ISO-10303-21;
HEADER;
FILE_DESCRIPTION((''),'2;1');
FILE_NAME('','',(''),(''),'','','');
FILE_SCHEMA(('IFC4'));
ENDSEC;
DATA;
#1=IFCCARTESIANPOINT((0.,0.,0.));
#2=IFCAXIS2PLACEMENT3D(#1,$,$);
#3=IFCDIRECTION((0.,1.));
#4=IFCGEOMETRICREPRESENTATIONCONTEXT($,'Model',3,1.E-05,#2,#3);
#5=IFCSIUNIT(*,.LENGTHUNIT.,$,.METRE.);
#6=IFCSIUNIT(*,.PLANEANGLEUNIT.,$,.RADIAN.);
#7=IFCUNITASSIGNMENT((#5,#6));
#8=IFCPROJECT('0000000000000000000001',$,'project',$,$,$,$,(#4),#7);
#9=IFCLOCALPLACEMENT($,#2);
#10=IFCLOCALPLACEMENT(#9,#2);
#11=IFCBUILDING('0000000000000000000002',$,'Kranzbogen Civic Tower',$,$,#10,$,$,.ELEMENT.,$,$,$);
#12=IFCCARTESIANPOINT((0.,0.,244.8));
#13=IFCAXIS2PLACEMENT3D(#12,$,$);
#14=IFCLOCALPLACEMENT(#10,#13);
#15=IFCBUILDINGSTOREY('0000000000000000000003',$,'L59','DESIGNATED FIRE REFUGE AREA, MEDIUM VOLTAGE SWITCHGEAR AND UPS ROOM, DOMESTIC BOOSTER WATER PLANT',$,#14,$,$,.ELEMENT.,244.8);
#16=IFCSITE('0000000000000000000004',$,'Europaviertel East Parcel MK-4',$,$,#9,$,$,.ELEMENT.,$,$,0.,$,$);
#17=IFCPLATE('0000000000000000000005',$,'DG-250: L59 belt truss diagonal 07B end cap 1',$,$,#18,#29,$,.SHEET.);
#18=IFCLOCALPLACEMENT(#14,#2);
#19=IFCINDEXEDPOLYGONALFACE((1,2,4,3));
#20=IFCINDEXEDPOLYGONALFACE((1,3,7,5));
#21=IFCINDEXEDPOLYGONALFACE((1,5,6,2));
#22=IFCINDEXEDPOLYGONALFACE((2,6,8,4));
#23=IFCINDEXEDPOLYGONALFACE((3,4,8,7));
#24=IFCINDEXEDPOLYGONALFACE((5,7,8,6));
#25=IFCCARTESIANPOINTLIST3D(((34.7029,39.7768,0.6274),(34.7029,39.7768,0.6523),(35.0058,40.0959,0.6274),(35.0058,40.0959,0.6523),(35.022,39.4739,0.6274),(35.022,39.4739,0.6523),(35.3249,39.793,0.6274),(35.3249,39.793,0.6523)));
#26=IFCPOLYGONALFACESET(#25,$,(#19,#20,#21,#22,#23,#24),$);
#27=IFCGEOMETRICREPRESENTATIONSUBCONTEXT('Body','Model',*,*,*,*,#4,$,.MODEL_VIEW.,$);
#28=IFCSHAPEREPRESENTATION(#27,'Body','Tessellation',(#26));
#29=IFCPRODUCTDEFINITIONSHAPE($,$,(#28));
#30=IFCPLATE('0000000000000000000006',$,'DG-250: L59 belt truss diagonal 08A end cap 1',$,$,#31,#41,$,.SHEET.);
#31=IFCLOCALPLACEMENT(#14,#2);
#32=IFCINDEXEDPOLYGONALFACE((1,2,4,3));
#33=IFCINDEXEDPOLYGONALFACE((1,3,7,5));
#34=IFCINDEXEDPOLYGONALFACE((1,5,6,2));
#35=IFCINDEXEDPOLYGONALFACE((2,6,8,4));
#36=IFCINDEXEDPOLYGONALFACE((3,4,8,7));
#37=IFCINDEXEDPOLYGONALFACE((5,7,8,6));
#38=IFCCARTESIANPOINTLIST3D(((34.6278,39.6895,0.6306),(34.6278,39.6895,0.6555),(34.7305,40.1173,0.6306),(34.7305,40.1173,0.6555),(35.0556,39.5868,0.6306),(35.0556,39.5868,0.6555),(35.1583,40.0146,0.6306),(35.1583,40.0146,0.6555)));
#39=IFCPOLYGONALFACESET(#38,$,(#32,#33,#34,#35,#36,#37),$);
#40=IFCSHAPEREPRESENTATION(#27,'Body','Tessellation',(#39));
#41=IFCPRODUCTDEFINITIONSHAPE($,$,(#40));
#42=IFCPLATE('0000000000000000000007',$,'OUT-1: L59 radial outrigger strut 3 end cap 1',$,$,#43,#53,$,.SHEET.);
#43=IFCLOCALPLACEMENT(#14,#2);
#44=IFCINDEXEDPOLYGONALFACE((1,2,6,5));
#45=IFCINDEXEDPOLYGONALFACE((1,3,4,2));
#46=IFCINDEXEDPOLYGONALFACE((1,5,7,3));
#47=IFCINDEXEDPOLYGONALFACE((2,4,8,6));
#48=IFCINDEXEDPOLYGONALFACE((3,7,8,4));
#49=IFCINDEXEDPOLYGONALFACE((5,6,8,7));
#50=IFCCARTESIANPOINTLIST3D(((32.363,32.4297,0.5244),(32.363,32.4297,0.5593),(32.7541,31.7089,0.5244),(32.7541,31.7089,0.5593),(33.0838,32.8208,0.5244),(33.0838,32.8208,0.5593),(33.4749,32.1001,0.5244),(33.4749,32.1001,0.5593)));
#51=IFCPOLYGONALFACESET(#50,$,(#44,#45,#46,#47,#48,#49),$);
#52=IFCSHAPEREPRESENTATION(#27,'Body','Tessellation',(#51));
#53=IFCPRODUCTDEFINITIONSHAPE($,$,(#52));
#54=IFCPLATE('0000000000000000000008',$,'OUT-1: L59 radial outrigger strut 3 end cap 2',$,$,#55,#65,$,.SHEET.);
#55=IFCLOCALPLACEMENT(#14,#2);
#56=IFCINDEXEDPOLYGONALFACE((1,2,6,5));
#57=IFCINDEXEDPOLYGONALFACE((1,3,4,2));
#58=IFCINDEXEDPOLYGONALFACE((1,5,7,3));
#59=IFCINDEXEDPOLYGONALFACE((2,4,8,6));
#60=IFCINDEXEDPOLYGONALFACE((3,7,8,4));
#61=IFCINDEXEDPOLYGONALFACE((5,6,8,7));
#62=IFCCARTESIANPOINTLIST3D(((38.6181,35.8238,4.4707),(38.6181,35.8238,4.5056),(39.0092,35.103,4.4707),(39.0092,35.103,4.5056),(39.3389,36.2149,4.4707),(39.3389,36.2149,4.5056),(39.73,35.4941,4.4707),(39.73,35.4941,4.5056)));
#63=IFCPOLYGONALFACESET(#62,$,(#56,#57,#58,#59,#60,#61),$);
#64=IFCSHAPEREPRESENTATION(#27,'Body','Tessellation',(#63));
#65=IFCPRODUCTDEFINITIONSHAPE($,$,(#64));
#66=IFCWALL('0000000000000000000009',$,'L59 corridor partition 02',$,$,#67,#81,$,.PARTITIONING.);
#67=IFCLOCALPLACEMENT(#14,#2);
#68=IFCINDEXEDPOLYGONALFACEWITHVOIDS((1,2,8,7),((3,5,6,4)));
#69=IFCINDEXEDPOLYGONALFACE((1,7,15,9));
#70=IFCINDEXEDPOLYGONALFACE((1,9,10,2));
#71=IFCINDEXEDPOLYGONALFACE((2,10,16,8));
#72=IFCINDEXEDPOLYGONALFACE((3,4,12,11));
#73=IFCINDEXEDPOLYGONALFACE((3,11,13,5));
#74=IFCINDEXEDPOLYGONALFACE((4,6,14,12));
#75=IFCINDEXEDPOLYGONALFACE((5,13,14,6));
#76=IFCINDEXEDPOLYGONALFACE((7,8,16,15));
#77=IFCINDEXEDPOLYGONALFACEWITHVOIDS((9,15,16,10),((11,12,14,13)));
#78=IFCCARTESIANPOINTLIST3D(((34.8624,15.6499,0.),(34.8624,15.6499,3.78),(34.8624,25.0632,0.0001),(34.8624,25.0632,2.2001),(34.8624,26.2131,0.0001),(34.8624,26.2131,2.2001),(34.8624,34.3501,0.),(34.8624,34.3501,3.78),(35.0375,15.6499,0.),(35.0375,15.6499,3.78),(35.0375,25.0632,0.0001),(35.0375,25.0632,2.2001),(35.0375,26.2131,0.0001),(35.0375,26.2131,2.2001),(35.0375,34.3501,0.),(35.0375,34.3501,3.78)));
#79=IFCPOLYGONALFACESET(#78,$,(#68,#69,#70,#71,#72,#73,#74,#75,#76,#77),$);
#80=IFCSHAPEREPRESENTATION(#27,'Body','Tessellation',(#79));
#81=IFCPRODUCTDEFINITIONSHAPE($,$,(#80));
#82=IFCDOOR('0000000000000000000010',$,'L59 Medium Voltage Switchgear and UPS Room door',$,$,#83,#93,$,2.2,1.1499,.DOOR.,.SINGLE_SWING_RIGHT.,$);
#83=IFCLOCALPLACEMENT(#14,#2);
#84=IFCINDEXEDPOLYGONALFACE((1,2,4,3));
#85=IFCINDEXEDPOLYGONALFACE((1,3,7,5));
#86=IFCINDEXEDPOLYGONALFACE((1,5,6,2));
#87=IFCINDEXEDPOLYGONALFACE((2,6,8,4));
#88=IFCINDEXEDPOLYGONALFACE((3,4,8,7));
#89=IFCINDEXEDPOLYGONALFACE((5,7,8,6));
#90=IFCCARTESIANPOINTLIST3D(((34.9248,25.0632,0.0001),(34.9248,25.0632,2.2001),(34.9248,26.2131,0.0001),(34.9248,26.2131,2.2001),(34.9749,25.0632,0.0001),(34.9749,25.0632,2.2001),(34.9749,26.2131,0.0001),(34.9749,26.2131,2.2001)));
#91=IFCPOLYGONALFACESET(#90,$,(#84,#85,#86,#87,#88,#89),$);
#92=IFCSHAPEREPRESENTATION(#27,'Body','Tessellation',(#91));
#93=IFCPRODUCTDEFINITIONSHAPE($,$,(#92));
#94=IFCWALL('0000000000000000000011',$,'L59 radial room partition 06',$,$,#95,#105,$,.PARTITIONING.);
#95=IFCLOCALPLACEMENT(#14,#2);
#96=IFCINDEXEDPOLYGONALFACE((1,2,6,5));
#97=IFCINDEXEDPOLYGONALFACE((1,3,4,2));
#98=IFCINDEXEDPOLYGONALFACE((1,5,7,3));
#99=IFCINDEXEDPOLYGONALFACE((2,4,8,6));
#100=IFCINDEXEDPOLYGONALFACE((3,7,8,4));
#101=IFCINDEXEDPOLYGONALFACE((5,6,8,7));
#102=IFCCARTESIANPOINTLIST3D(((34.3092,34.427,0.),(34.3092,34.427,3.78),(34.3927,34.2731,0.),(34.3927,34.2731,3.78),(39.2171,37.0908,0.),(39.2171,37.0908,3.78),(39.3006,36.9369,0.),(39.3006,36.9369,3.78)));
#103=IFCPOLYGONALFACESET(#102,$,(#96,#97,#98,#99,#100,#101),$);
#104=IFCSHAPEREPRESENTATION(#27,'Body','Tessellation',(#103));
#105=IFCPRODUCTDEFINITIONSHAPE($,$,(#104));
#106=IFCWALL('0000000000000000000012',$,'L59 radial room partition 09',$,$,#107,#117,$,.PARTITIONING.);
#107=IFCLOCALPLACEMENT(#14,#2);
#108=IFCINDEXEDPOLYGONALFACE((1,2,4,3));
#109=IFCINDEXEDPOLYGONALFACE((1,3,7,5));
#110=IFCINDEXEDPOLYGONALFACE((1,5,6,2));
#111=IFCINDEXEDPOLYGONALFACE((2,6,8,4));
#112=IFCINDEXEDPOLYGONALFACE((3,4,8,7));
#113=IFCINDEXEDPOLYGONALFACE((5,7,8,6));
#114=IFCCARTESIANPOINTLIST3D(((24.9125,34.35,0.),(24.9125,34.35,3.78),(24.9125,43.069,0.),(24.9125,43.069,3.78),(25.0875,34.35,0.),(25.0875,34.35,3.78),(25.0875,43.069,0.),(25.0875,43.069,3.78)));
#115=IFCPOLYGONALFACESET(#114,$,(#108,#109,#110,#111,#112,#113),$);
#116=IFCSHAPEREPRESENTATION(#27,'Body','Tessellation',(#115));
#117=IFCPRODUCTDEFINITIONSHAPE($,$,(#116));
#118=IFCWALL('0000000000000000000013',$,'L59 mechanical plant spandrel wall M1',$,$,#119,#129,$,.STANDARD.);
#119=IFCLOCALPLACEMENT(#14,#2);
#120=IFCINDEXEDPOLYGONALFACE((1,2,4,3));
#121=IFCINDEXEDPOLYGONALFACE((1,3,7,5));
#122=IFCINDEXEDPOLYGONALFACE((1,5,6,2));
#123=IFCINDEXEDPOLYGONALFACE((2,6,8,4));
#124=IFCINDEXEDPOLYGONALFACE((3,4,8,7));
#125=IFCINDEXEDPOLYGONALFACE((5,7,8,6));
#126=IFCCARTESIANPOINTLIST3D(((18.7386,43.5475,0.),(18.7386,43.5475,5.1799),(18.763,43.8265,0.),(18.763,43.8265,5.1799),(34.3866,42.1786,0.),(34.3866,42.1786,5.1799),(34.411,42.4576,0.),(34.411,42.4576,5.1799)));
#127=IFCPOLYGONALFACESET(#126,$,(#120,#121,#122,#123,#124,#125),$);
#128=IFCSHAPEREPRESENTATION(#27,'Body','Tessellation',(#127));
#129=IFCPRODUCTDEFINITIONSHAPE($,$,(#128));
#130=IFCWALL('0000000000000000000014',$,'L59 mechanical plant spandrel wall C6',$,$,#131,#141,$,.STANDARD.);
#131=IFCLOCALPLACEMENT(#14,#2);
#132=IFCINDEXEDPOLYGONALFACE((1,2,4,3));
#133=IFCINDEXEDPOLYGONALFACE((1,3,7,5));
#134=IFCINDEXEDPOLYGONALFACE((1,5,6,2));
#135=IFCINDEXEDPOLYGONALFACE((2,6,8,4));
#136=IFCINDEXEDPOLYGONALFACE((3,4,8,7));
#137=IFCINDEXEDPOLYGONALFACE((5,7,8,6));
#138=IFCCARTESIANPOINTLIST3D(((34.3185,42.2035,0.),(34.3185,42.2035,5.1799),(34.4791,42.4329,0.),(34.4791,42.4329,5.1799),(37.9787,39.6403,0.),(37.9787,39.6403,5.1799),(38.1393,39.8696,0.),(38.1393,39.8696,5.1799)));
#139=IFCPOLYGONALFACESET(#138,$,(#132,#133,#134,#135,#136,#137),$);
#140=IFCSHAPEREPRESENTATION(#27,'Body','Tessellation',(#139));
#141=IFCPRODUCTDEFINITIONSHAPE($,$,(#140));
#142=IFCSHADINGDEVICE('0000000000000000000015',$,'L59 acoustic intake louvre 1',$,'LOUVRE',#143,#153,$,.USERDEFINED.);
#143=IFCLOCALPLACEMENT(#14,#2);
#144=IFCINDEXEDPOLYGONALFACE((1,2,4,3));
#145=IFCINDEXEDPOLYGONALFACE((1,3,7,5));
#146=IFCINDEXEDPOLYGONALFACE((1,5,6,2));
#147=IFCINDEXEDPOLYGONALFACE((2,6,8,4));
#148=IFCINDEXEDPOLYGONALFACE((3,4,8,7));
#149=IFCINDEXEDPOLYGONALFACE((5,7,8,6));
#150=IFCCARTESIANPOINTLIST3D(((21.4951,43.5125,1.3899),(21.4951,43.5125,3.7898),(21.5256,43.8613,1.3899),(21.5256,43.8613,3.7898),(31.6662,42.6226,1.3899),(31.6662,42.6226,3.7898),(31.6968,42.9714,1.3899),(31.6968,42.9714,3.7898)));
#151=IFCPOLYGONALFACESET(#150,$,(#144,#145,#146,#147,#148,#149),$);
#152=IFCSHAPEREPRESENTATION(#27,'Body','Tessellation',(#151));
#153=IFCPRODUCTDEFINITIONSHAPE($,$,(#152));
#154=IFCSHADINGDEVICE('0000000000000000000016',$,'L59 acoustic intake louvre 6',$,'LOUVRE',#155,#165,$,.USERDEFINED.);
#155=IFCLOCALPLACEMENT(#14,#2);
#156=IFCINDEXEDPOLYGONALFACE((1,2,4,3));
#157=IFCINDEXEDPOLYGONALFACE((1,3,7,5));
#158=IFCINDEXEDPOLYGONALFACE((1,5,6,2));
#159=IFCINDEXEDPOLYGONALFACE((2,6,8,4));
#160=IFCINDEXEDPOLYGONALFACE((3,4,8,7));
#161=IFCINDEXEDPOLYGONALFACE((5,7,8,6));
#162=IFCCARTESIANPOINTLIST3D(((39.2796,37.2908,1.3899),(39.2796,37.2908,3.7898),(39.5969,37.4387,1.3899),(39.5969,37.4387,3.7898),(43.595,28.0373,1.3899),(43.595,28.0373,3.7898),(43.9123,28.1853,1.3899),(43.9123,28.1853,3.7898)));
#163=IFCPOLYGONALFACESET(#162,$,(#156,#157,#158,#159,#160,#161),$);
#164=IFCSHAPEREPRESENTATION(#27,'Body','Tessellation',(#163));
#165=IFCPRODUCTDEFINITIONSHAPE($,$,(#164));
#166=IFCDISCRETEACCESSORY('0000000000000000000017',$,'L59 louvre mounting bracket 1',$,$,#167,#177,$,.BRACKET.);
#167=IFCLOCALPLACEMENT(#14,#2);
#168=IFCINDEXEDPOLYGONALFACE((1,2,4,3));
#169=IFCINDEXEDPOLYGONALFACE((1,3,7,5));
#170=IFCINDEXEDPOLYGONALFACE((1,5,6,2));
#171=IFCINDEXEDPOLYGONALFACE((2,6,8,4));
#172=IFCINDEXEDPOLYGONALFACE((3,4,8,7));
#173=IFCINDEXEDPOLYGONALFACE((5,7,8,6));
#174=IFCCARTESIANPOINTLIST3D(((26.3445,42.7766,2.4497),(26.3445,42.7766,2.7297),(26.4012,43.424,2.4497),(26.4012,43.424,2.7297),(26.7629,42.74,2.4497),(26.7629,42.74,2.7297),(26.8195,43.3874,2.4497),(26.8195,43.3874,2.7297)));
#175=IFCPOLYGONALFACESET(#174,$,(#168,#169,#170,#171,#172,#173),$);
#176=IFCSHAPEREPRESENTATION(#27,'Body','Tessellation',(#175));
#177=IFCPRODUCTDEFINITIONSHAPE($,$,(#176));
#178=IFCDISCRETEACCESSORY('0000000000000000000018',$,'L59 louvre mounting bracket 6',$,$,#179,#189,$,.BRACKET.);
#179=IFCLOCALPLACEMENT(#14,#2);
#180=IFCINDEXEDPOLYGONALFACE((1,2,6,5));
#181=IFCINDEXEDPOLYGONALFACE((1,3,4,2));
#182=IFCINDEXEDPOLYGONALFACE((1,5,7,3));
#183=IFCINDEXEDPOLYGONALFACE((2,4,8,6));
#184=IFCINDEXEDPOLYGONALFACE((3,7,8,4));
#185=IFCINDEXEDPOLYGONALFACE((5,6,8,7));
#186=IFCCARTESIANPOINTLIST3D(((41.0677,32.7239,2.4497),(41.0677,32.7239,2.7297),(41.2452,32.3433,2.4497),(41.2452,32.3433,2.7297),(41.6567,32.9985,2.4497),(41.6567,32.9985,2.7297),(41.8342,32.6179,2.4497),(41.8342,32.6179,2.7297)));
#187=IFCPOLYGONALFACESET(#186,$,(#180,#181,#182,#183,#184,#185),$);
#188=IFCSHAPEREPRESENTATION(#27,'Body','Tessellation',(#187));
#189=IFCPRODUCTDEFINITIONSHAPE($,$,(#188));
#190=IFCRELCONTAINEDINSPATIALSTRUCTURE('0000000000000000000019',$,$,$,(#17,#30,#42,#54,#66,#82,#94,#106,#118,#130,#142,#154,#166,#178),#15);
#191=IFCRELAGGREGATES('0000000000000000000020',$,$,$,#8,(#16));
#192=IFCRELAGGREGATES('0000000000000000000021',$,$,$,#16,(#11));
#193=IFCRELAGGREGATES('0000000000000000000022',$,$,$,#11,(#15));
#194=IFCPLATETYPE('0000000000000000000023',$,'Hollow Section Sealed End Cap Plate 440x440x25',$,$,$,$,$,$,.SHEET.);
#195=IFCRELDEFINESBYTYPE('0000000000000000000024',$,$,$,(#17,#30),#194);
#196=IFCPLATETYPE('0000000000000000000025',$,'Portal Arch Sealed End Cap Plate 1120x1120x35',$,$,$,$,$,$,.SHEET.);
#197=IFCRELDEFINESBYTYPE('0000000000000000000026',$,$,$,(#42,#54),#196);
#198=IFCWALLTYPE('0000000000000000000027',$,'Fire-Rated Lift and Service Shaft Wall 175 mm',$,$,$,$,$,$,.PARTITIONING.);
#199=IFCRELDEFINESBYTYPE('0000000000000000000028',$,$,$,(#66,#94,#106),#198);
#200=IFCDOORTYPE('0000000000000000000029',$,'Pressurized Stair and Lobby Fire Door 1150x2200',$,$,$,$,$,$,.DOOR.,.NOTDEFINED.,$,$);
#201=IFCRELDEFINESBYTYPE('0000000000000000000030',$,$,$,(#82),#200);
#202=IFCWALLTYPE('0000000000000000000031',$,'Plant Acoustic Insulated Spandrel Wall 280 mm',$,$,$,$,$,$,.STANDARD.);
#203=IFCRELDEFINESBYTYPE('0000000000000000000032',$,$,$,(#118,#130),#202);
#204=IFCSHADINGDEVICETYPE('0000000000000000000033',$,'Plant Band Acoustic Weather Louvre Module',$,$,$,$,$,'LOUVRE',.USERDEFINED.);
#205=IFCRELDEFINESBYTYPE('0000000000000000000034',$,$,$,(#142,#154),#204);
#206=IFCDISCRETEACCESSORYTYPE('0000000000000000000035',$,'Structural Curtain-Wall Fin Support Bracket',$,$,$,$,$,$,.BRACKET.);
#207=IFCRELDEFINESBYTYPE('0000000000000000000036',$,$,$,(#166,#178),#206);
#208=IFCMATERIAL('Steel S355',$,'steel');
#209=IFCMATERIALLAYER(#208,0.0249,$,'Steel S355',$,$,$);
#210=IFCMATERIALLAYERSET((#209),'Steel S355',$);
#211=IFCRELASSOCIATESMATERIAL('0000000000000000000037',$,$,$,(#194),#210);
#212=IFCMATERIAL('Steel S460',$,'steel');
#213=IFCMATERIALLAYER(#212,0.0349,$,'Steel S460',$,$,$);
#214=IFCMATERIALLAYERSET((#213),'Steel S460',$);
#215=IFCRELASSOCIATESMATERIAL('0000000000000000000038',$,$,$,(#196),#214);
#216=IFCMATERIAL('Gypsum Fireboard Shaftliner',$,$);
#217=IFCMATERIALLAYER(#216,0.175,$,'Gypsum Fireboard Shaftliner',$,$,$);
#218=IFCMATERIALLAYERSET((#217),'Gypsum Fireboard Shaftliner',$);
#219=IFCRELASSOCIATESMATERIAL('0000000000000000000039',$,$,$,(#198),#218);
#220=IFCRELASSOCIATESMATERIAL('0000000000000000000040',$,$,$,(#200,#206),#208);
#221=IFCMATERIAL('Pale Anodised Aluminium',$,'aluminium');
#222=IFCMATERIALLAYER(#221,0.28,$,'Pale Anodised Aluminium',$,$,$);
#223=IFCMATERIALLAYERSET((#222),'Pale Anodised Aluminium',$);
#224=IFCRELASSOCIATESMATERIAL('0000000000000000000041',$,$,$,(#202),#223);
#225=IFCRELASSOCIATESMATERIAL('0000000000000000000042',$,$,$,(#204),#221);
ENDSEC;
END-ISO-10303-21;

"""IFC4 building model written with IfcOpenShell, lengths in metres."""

from ifc_helpers import new_model, si_unit, direction, frame, frame_2d, origin, origin_2d, place, context, subcontext, project, spatial, rectangle, extrude, material, layer, layer_set, type_object, element, fill, save


model = new_model("IFC4")

# Units and contexts
model_context = context("Model", 3, precision=1e-05, world=origin(), true_north=direction((0.0, 1.0)))
body_context = subcontext(model_context, "Body", "Model", "MODEL_VIEW")
ifc_project = project(units=[si_unit("LENGTHUNIT", "METRE"), si_unit("PLANEANGLEUNIT", "RADIAN")], contexts=[model_context])

# Site, building, storey
site_placement = place(None, origin())
site = spatial("IfcSite", under=ifc_project, at=site_placement, Name="Europaviertel East Parcel MK-4", CompositionType="ELEMENT", RefElevation=0.0)
building_placement = place(site_placement, origin())
building = spatial("IfcBuilding", under=site, at=building_placement, Name="Kranzbogen Civic Tower", CompositionType="ELEMENT")
storey_placement = place(building_placement, frame((0.0, 0.0, 244.8)))
storey = spatial("IfcBuildingStorey", under=building, at=storey_placement, Name="L59", Description="DESIGNATED FIRE REFUGE AREA, MEDIUM VOLTAGE SWITCHGEAR AND UPS ROOM, DOMESTIC BOOSTER WATER PLANT", CompositionType="ELEMENT", Elevation=244.8)

# Shared definitions
ifc_material_1 = material(Name="Steel S355", Category="steel")

# Shared definitions
ifc_material_2 = material(Name="Steel S460", Category="steel")

# Plates
ifc_layer_1 = layer(ifc_material_1, 0.0249, Name="Steel S355")
ifc_layer_set_1 = layer_set([ifc_layer_1], Name="Steel S355")
plate_type_1 = type_object("IfcPlateType", Name="Hollow Section Sealed End Cap Plate 440x440x25", PredefinedType="SHEET", material=ifc_layer_set_1)
for number, where, z_axis, x_axis, name in (
    (1, (35.0139, 39.7849, 0.6274), (0.0, 0.0, 1.0), (0.725278, -0.688456, 0.0), "DG-250: L59 belt truss diagonal 07B end cap 1"),
    (2, (34.8931, 39.8521, 0.6306), (0.0, 0.0, 1.0), (-0.972407, 0.233293, 0.0), "DG-250: L59 belt truss diagonal 08A end cap 1"),
):
    element("IfcPlate", number, at=place(storey_placement, frame(where, z_axis=z_axis, x_axis=x_axis)), inside=storey, type_object=plate_type_1, Name=name, PredefinedType="SHEET", context=body_context, shape_type="SweptSolid", body=[
        extrude(rectangle(XDim=0.4399, YDim=0.4399, at=origin_2d()), origin(), (0.0, 0.0, 1.0), 0.0249),
    ])
ifc_layer_2 = layer(ifc_material_2, 0.0349, Name="Steel S460")
ifc_layer_set_2 = layer_set([ifc_layer_2], Name="Steel S460")
plate_type_2 = type_object("IfcPlateType", Name="Portal Arch Sealed End Cap Plate 1120x1120x35", PredefinedType="SHEET", material=ifc_layer_set_2)
for number, where, z_axis, x_axis, name in (
    (3, (32.9189, 32.2649, 0.5244), (0.0, 0.0, 1.0), (0.878942, 0.476929, 0.0), "OUT-1: L59 radial outrigger strut 3 end cap 1"),
    (4, (39.1741, 35.6589, 4.4707), (0.0, 0.0, 1.0), (0.878942, 0.476929, 0.0), "OUT-1: L59 radial outrigger strut 3 end cap 2"),
):
    element("IfcPlate", number, at=place(storey_placement, frame(where, z_axis=z_axis, x_axis=x_axis)), inside=storey, type_object=plate_type_2, Name=name, PredefinedType="SHEET", context=body_context, shape_type="SweptSolid", body=[
        extrude(rectangle(XDim=0.8201, YDim=0.8201, at=origin_2d()), origin(), (0.0, 0.0, 1.0), 0.0349),
    ])

# Wall, opening, door
ifc_material_3 = material(Name="Gypsum Fireboard Shaftliner")
ifc_layer_3 = layer(ifc_material_3, 0.175, Name="Gypsum Fireboard Shaftliner")
ifc_layer_set_3 = layer_set([ifc_layer_3], Name="Gypsum Fireboard Shaftliner")
wall_type_1 = type_object("IfcWallType", Name="Fire-Rated Lift and Service Shaft Wall 175 mm", PredefinedType="PARTITIONING", material=ifc_layer_set_3)
wall_1_placement = place(storey_placement, frame((34.95, 34.3501, 0.0), z_axis=(0.0, 0.0, 1.0), x_axis=(0.0, -1.0, 0.0)))
wall_1 = element("IfcWall", 5, at=wall_1_placement, inside=storey, type_object=wall_type_1, Name="L59 corridor partition 02", PredefinedType="PARTITIONING", context=body_context, shape_type="SweptSolid", body=[
    extrude(rectangle(XDim=18.7002, YDim=0.175, at=frame_2d((9.3501, 0.0))), origin(), (0.0, 0.0, 1.0), 3.78),
])
opening_placement = place(wall_1_placement, frame((8.137, 0.0, 0.0)))
opening = element("IfcOpeningElement", 6, at=opening_placement, cuts=wall_1, PredefinedType="OPENING", context=body_context, shape_type="SweptSolid", body=[
    extrude(rectangle(XDim=1.1499, YDim=2.2, at=frame_2d((0.575, 1.1001))), frame((0.0, 0.0977, 0.0), z_axis=(0.0, -1.0, 0.0), x_axis=(1.0, 0.0, 0.0)), (0.0, 0.0, 1.0), 0.1951),
])
door_type = type_object("IfcDoorType", Name="Pressurized Stair and Lobby Fire Door 1150x2200", OperationType="NOTDEFINED", PredefinedType="DOOR", material=ifc_material_1)
door_placement = place(opening_placement, origin())
door = element("IfcDoor", 7, at=door_placement, inside=storey, type_object=door_type, Name="L59 Medium Voltage Switchgear and UPS Room door", OperationType="SINGLE_SWING_RIGHT", OverallHeight=2.2, OverallWidth=1.1499, PredefinedType="DOOR", context=body_context, shape_type="SweptSolid", body=[
    extrude(rectangle(XDim=1.1499, YDim=2.2, at=frame_2d((0.575, 1.1001))), frame((0.0, 0.0249, 0.0), z_axis=(0.0, -1.0, 0.0), x_axis=(1.0, 0.0, 0.0)), (0.0, 0.0, 1.0), 0.05),
])
fill(opening, door)

# Walls
wall_2_placement = place(storey_placement, frame((34.3511, 34.3501, 0.0), z_axis=(0.0, 0.0, 1.0), x_axis=(0.878891, 0.477022, 0.0)))
element("IfcWall", 8, at=wall_2_placement, inside=storey, type_object=wall_type_1, Name="L59 radial room partition 06", PredefinedType="PARTITIONING", context=body_context, shape_type="SweptSolid", body=[
    extrude(rectangle(XDim=5.5842, YDim=0.175, at=frame_2d((2.792, 0.0))), origin(), (0.0, 0.0, 1.0), 3.78),
])
wall_3_placement = place(storey_placement, frame((25.0, 34.3501, 0.0), z_axis=(0.0, 0.0, 1.0), x_axis=(0.0, 1.0, 0.0)))
element("IfcWall", 9, at=wall_3_placement, inside=storey, type_object=wall_type_1, Name="L59 radial room partition 09", PredefinedType="PARTITIONING", context=body_context, shape_type="SweptSolid", body=[
    extrude(rectangle(XDim=8.719, YDim=0.175, at=frame_2d((4.3594, 0.0))), origin(), (0.0, 0.0, 1.0), 3.78),
])
ifc_material_4 = material(Name="Pale Anodised Aluminium", Category="aluminium")
ifc_layer_4 = layer(ifc_material_4, 0.28, Name="Pale Anodised Aluminium")
ifc_layer_set_4 = layer_set([ifc_layer_4], Name="Pale Anodised Aluminium")
wall_type_2 = type_object("IfcWallType", Name="Plant Acoustic Insulated Spandrel Wall 280 mm", PredefinedType="STANDARD", material=ifc_layer_set_4)
wall_4_placement = place(storey_placement, frame((34.3989, 42.3181, 0.0), z_axis=(0.0, 0.0, 1.0), x_axis=(-0.996195, 0.087148, 0.0)))
element("IfcWall", 10, at=wall_4_placement, inside=storey, type_object=wall_type_2, Name="L59 mechanical plant spandrel wall M1", PredefinedType="STANDARD", context=body_context, shape_type="SweptSolid", body=[
    extrude(rectangle(XDim=15.7078, YDim=0.28, at=frame_2d((7.854, 0.0))), origin(), (0.0, 0.0, 1.0), 5.1799),
])
wall_5_placement = place(storey_placement, frame((38.0591, 39.7549, 0.0), z_axis=(0.0, 0.0, 1.0), x_axis=(-0.819114, 0.573631, 0.0)))
element("IfcWall", 11, at=wall_5_placement, inside=storey, type_object=wall_type_2, Name="L59 mechanical plant spandrel wall C6", PredefinedType="STANDARD", context=body_context, shape_type="SweptSolid", body=[
    extrude(rectangle(XDim=4.4685, YDim=0.28, at=frame_2d((2.2344, 0.0))), origin(), (0.0, 0.0, 1.0), 5.1799),
])

# Shading devices
shading_device_type = type_object("IfcShadingDeviceType", Name="Plant Band Acoustic Weather Louvre Module", ElementType="LOUVRE", PredefinedType="USERDEFINED", material=ifc_material_4)
shading_device_1_placement = place(storey_placement, frame((26.5959, 43.2419, 1.3899), z_axis=(0.0, 0.0, 1.0), x_axis=(-0.996195, 0.087156, 0.0)))
element("IfcShadingDevice", 12, at=shading_device_1_placement, inside=storey, type_object=shading_device_type, Name="L59 acoustic intake louvre 1", ObjectType="LOUVRE", PredefinedType="USERDEFINED", context=body_context, shape_type="SweptSolid", body=[
    extrude(rectangle(XDim=10.21, YDim=0.3501, at=origin_2d()), origin(), (0.0, 0.0, 1.0), 2.3999),
])
shading_device_2_placement = place(storey_placement, frame((41.5959, 32.738, 1.3899), z_axis=(0.0, 0.0, 1.0), x_axis=(-0.42265, 0.906293, 0.0)))
element("IfcShadingDevice", 13, at=shading_device_2_placement, inside=storey, type_object=shading_device_type, Name="L59 acoustic intake louvre 6", ObjectType="LOUVRE", PredefinedType="USERDEFINED", context=body_context, shape_type="SweptSolid", body=[
    extrude(rectangle(XDim=10.2102, YDim=0.3501, at=origin_2d()), origin(), (0.0, 0.0, 1.0), 2.3999),
])

# Discrete accessories
discrete_accessory_type = type_object("IfcDiscreteAccessoryType", Name="Structural Curtain-Wall Fin Support Bracket", PredefinedType="BRACKET", material=ifc_material_1)
for number, where, z_axis, x_axis, name in (
    (14, (26.582, 43.082, 2.4497), (0.0, 0.0, 1.0), (0.087156, 0.996195, 0.0), "L59 louvre mounting bracket 1"),
    (15, (41.4509, 32.6709, 2.4497), (0.0, 0.0, 1.0), (0.906308, 0.422618, 0.0), "L59 louvre mounting bracket 6"),
):
    element("IfcDiscreteAccessory", number, at=place(storey_placement, frame(where, z_axis=z_axis, x_axis=x_axis)), inside=storey, type_object=discrete_accessory_type, Name=name, PredefinedType="BRACKET", context=body_context, shape_type="SweptSolid", body=[
        extrude(rectangle(XDim=0.6499, YDim=0.4199, at=origin_2d()), origin(), (0.0, 0.0, 1.0), 0.28),
    ])

save(model, "model.ifc")
